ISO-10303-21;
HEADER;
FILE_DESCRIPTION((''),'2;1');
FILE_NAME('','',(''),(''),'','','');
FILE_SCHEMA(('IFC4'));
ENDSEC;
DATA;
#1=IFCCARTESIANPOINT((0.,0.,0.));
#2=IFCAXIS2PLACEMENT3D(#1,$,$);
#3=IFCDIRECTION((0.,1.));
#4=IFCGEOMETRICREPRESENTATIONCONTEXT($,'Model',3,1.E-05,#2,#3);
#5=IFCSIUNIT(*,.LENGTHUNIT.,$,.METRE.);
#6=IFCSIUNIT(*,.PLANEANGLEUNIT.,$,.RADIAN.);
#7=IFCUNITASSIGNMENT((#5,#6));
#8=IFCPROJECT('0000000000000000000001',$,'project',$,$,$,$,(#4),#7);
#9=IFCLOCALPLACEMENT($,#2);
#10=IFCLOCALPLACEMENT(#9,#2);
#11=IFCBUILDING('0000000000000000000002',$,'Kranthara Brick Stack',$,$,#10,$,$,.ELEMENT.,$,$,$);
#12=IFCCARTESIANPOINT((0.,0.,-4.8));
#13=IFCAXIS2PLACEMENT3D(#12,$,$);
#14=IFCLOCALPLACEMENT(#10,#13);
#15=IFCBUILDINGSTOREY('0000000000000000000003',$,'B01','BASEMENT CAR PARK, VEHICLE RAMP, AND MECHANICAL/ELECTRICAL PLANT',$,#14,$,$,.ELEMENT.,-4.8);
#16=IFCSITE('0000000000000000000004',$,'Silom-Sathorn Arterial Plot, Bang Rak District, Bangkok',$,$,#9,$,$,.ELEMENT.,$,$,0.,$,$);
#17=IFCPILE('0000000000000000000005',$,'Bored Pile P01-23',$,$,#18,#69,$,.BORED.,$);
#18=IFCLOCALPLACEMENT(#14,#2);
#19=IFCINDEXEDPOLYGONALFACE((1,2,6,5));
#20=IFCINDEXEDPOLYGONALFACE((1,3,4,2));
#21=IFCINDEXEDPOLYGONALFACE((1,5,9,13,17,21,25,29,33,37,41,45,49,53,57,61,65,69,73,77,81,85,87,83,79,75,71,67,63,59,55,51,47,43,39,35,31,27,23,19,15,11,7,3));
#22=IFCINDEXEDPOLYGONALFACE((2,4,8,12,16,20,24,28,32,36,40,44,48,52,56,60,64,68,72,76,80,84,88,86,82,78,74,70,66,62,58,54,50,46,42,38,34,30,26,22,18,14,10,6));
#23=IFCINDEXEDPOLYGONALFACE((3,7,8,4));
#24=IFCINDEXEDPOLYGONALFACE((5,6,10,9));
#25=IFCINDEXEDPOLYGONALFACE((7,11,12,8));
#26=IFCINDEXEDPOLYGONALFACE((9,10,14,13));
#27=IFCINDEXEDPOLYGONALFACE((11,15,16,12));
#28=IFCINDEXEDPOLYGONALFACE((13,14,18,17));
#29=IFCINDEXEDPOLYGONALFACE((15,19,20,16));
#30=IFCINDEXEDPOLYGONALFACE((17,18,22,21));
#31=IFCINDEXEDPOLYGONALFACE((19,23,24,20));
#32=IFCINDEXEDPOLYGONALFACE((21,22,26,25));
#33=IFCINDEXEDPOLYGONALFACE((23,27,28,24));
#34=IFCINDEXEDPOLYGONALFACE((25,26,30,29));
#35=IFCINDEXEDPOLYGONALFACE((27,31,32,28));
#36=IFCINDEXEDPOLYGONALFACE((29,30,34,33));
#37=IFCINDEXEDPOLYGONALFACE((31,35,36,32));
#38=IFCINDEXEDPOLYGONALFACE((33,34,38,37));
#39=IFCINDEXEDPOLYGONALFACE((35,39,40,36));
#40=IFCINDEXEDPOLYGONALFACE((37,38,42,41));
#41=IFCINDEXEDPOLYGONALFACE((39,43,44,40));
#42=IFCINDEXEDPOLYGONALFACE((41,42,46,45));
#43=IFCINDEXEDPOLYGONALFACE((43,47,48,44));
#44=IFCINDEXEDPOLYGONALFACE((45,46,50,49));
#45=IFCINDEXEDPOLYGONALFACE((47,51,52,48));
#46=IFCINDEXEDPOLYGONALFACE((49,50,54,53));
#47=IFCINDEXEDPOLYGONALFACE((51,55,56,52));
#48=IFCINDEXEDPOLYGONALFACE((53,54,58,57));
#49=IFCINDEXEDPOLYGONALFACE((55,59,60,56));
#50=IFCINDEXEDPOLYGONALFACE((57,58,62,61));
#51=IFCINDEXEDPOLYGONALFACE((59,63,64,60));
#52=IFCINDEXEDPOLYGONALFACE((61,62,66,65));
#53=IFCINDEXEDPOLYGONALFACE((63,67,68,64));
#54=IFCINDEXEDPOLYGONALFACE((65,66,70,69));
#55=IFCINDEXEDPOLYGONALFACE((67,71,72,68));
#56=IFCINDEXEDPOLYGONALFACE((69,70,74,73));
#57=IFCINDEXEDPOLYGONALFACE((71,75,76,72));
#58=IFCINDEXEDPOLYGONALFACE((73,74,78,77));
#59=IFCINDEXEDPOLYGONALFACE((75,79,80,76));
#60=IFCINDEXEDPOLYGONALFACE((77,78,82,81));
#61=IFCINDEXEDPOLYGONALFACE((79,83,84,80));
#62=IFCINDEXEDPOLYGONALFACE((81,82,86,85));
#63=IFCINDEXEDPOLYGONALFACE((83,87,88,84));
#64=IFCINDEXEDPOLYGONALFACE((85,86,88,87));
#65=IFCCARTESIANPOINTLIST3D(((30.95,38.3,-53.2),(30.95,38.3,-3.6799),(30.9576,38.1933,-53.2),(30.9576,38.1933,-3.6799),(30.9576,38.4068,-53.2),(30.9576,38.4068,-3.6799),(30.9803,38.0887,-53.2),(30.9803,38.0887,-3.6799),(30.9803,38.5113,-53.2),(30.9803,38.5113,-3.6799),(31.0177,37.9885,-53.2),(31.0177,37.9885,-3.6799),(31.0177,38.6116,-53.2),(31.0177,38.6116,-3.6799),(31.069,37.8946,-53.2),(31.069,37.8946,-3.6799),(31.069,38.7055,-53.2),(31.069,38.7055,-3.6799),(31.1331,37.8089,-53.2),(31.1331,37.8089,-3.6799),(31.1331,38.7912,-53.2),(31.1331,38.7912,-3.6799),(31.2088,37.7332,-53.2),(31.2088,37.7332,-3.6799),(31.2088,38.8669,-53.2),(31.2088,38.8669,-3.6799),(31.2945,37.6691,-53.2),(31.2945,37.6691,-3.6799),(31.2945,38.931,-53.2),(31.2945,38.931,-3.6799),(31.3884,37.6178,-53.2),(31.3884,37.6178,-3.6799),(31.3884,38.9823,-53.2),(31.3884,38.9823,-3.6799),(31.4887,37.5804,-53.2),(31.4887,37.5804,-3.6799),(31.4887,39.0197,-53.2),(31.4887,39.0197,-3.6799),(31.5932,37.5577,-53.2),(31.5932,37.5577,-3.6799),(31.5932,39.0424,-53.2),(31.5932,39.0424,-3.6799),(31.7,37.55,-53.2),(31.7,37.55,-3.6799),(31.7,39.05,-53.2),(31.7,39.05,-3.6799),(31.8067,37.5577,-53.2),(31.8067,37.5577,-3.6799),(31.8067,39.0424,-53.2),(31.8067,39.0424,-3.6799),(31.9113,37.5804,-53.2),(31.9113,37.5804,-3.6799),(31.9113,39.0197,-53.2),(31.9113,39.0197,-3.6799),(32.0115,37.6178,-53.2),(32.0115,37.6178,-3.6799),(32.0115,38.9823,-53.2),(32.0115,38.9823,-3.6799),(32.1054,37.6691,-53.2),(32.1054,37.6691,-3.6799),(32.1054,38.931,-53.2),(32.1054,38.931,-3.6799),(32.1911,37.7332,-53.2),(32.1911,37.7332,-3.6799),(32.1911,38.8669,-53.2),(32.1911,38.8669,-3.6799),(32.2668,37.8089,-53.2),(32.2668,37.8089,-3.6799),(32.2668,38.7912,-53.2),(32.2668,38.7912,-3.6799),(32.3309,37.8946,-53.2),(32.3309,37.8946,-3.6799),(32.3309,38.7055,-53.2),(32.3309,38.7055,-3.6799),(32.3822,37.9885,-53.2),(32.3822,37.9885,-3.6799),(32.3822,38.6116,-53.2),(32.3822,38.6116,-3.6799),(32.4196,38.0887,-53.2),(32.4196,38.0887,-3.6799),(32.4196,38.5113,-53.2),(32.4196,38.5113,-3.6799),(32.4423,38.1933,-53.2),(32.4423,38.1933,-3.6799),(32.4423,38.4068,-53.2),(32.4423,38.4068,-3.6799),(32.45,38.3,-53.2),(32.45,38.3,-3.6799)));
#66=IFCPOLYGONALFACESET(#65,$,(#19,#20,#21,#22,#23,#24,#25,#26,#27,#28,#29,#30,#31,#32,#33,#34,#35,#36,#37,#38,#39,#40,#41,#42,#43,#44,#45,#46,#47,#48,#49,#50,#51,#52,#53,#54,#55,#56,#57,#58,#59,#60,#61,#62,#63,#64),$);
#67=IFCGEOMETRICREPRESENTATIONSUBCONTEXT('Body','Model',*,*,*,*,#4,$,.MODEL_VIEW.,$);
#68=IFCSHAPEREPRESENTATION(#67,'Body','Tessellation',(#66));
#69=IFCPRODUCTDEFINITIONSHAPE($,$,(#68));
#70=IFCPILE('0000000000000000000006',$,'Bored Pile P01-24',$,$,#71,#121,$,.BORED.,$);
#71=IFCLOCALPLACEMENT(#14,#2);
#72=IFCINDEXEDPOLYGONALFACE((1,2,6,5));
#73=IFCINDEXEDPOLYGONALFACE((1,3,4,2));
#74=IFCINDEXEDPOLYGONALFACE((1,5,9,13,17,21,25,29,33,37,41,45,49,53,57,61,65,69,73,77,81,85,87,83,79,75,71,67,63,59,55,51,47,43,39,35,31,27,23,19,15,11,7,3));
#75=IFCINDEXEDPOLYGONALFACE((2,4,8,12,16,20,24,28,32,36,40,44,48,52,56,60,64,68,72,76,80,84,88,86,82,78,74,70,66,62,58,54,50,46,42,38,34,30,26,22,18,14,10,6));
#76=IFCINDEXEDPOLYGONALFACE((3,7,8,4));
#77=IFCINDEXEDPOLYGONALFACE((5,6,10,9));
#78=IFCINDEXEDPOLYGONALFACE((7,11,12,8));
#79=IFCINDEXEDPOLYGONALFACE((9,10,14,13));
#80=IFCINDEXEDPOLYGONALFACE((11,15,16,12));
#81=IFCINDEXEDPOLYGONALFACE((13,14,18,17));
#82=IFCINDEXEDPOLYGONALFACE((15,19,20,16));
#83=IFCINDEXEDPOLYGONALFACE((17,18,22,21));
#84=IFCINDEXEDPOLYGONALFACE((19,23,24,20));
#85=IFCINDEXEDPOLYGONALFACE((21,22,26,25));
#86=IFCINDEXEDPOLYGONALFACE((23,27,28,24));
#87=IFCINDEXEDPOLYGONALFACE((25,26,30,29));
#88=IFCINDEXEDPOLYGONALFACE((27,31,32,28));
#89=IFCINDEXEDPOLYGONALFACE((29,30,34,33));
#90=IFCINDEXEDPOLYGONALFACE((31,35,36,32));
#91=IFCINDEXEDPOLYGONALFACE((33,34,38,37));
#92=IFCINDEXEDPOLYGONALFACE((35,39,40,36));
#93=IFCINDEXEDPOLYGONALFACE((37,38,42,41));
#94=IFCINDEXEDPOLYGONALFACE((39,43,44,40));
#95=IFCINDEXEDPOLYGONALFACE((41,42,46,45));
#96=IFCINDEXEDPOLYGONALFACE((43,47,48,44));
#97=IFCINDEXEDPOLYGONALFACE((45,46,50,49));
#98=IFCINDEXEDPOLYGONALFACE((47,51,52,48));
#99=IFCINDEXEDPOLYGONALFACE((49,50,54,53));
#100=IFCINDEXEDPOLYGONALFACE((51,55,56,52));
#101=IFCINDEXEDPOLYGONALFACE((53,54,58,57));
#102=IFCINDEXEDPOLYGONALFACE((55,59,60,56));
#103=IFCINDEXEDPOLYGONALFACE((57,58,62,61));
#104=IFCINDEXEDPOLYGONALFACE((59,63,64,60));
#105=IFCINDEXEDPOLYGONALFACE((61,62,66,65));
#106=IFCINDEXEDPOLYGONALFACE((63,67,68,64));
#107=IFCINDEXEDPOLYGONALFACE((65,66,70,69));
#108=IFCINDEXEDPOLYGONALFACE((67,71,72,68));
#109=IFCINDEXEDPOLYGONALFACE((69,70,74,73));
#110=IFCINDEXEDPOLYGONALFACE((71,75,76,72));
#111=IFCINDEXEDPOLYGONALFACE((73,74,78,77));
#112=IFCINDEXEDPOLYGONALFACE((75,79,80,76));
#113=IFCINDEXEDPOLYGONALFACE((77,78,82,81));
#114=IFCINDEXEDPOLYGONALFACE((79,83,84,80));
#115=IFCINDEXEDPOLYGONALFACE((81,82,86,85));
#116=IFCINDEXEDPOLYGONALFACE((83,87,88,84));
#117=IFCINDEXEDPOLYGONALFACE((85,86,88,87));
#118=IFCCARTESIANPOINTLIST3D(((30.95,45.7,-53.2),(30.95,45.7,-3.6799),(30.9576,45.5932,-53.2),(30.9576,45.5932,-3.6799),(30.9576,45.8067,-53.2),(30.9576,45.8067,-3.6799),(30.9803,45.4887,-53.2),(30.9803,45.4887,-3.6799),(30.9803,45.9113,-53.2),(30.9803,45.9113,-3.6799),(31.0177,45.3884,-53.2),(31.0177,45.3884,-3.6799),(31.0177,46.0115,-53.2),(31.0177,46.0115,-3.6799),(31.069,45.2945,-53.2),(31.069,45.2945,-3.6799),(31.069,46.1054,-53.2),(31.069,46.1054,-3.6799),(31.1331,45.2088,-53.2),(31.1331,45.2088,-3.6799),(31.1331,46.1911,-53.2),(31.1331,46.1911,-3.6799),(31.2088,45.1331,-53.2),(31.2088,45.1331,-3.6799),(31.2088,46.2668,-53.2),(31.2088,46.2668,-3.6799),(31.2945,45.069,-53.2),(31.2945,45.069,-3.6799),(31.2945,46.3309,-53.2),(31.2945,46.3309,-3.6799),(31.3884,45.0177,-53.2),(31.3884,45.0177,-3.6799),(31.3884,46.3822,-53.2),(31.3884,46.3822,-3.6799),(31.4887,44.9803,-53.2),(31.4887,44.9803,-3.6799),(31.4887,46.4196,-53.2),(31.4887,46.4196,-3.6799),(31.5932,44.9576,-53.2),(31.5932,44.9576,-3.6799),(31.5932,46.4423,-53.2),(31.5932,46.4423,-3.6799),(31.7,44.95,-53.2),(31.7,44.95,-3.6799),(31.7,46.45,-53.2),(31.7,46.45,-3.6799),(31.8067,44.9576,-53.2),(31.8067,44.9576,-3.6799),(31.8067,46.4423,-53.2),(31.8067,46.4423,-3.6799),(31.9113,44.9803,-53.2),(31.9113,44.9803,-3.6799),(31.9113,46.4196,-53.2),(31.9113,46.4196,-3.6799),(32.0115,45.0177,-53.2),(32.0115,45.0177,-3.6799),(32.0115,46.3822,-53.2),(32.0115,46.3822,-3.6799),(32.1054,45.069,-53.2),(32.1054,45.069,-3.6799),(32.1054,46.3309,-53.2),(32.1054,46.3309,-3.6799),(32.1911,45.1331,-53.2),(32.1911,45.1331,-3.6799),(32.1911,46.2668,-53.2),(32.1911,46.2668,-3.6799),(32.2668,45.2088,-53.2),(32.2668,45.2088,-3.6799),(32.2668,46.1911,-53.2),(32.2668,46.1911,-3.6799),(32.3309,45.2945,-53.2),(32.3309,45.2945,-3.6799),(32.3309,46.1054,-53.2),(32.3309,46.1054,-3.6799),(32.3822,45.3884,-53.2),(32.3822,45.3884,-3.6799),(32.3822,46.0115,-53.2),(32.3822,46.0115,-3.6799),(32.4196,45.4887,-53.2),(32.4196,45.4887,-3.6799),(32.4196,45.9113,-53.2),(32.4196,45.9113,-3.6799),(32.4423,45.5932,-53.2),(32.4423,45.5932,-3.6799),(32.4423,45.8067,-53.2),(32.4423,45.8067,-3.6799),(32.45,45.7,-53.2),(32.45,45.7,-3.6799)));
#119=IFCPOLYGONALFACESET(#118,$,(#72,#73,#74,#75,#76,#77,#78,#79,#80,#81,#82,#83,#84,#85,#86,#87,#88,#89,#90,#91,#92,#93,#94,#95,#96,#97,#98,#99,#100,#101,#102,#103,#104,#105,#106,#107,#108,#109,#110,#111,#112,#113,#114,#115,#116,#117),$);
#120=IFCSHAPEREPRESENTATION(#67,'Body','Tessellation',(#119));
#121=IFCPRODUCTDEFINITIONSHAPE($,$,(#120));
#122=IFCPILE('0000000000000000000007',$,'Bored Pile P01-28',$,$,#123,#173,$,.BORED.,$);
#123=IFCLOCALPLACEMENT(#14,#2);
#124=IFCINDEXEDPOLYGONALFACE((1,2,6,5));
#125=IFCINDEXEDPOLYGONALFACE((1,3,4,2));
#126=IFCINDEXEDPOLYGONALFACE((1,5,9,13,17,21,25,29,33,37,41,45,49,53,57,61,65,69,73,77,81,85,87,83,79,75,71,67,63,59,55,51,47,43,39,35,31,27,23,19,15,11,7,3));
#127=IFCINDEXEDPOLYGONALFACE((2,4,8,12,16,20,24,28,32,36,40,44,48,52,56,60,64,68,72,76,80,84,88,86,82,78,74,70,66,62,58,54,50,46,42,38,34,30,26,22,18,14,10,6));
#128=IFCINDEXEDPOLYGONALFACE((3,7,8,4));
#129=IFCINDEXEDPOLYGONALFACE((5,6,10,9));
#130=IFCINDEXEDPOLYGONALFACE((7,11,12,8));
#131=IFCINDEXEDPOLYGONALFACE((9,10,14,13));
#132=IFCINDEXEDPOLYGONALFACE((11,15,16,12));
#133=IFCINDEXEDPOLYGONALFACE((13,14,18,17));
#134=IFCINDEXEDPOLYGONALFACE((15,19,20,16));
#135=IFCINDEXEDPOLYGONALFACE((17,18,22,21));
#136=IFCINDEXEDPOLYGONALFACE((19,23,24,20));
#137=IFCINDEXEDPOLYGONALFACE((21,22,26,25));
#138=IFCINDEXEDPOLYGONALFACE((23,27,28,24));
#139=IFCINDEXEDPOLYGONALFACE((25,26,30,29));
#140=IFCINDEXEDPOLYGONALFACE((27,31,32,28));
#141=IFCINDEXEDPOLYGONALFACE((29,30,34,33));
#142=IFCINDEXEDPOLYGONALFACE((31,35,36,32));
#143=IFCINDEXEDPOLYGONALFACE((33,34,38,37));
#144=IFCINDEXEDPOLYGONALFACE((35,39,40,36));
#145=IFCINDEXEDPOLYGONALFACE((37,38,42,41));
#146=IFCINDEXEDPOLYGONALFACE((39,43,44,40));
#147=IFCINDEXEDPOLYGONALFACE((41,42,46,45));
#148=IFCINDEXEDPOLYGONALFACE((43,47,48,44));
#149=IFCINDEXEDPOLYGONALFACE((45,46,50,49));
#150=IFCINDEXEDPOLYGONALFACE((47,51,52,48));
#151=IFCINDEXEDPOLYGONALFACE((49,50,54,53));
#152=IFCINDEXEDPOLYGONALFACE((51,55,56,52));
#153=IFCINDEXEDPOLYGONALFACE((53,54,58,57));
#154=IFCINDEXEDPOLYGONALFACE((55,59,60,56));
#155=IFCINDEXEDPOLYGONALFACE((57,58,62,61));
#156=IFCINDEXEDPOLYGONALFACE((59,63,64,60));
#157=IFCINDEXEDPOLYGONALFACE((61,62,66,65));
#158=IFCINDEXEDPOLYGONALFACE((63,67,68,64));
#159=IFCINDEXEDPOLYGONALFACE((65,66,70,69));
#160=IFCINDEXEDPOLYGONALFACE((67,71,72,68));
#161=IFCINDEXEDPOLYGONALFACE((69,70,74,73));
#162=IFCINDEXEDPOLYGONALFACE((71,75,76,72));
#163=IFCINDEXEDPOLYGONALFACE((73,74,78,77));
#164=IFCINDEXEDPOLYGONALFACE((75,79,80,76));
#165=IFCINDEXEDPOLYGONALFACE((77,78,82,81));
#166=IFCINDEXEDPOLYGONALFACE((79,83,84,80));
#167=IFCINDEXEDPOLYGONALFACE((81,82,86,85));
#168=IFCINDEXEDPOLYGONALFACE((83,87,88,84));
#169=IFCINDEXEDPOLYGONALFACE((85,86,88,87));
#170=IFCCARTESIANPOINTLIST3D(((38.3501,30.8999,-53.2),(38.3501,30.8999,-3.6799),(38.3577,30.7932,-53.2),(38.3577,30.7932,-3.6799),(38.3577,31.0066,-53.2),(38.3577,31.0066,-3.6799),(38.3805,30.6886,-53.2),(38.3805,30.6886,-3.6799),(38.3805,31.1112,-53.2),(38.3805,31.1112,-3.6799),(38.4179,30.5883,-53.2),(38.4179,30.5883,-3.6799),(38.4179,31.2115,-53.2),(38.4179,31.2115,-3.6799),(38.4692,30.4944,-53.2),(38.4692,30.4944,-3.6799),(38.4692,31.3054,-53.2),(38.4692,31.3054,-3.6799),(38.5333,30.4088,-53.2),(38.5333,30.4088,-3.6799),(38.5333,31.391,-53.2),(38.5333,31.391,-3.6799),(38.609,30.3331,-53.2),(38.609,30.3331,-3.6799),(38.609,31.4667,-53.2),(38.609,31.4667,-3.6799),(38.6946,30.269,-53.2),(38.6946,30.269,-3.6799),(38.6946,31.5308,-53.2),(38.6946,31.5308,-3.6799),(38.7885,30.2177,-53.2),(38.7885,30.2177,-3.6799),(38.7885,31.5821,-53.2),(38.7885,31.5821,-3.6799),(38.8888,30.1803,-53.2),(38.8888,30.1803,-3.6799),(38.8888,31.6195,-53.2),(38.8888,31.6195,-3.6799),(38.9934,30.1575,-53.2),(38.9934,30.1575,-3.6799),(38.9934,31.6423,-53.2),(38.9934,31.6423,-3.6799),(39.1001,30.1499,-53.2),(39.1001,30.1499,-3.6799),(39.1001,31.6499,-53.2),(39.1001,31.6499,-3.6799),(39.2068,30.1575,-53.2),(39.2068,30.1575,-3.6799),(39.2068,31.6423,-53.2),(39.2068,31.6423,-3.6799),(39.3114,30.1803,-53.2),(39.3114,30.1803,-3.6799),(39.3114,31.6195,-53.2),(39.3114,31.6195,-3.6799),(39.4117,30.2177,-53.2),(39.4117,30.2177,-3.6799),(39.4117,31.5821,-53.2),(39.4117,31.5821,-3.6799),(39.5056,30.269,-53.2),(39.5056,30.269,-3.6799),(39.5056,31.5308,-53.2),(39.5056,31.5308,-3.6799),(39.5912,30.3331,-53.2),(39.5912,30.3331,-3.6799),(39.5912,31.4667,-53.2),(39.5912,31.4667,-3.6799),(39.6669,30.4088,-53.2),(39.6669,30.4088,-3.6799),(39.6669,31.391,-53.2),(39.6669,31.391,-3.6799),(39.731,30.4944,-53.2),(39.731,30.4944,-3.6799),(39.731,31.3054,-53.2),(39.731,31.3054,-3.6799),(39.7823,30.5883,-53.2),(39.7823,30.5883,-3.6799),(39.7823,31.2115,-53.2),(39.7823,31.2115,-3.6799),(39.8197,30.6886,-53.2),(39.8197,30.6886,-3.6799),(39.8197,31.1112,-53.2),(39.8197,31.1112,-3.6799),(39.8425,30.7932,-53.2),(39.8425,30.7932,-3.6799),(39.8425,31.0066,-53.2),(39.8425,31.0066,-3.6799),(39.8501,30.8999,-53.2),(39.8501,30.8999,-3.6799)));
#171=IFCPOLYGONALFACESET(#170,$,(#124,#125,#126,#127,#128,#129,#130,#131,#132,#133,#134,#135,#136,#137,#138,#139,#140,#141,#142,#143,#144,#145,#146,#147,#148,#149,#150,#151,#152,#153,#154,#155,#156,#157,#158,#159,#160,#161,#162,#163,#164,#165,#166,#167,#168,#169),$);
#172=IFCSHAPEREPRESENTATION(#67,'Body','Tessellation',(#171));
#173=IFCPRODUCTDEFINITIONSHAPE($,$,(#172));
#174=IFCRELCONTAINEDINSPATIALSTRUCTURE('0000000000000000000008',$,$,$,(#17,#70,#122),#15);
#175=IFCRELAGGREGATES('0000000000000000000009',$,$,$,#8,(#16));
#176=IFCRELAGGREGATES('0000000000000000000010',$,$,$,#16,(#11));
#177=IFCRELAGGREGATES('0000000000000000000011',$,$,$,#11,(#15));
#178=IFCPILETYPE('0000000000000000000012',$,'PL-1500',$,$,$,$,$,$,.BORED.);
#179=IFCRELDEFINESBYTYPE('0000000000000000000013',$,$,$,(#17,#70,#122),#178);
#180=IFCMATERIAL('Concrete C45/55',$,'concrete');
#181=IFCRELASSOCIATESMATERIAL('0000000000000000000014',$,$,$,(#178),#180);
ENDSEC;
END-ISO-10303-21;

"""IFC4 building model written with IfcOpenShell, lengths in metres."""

from ifc_helpers import new_model, si_unit, direction, frame, origin, origin_2d, place, context, subcontext, project, spatial, circle, extrude, material, material_profile, profile_set, type_object, element, save


model = new_model("IFC4")

# Units and contexts
model_context = context("Model", 3, precision=1e-05, world=origin(), true_north=direction((0.0, 1.0)))
body_context = subcontext(model_context, "Body", "Model", "MODEL_VIEW")
ifc_project = project(units=[si_unit("LENGTHUNIT", "METRE"), si_unit("PLANEANGLEUNIT", "RADIAN")], contexts=[model_context])

# Site, building, storey
site_placement = place(None, origin())
site = spatial("IfcSite", under=ifc_project, at=site_placement, Name="Silom-Sathorn Arterial Plot, Bang Rak District, Bangkok", CompositionType="ELEMENT", RefElevation=0.0)
building_placement = place(site_placement, origin())
building = spatial("IfcBuilding", under=site, at=building_placement, Name="Kranthara Brick Stack", CompositionType="ELEMENT")
storey_placement = place(building_placement, frame((0.0, 0.0, -4.8)))
storey = spatial("IfcBuildingStorey", under=building, at=storey_placement, Name="B01", Description="BASEMENT CAR PARK, VEHICLE RAMP, AND MECHANICAL/ELECTRICAL PLANT", CompositionType="ELEMENT", Elevation=-4.8)

# Piles
ifc_material_1 = material(Name="Concrete C45/55", Category="concrete")
ifc_material_profile_1 = material_profile(ifc_material_1, circle(Radius=0.75, at=origin_2d()), Name="BORED PILE 1500")
ifc_profile_set_1 = profile_set([ifc_material_profile_1], Name="Concrete C45/55")
pile_type_1 = type_object("IfcPileType", Name="PL-1500", PredefinedType="BORED", material=ifc_profile_set_1)
for number, where, z_axis, x_axis, name in (
    (1, (31.7, 38.3, -3.6799), (0.0, 0.0, -1.0), (1.0, 0.0, 0.0), "Bored Pile P01-23"),
    (2, (31.7, 45.7, -3.6799), (0.0, 0.0, -1.0), (1.0, 0.0, 0.0), "Bored Pile P01-24"),
    (3, (39.1001, 30.8999, -3.6799), (0.0, 0.0, -1.0), (1.0, 0.0, 0.0), "Bored Pile P01-28"),
):
    element("IfcPile", number, at=place(storey_placement, frame(where, z_axis=z_axis, x_axis=x_axis)), inside=storey, type_object=pile_type_1, Name=name, PredefinedType="BORED", context=body_context, shape_type="SweptSolid", body=[
        extrude(circle(Radius=0.75, at=origin_2d()), origin(), (0.0, 0.0, 1.0), 49.52),
    ])

save(model, "model.ifc")
